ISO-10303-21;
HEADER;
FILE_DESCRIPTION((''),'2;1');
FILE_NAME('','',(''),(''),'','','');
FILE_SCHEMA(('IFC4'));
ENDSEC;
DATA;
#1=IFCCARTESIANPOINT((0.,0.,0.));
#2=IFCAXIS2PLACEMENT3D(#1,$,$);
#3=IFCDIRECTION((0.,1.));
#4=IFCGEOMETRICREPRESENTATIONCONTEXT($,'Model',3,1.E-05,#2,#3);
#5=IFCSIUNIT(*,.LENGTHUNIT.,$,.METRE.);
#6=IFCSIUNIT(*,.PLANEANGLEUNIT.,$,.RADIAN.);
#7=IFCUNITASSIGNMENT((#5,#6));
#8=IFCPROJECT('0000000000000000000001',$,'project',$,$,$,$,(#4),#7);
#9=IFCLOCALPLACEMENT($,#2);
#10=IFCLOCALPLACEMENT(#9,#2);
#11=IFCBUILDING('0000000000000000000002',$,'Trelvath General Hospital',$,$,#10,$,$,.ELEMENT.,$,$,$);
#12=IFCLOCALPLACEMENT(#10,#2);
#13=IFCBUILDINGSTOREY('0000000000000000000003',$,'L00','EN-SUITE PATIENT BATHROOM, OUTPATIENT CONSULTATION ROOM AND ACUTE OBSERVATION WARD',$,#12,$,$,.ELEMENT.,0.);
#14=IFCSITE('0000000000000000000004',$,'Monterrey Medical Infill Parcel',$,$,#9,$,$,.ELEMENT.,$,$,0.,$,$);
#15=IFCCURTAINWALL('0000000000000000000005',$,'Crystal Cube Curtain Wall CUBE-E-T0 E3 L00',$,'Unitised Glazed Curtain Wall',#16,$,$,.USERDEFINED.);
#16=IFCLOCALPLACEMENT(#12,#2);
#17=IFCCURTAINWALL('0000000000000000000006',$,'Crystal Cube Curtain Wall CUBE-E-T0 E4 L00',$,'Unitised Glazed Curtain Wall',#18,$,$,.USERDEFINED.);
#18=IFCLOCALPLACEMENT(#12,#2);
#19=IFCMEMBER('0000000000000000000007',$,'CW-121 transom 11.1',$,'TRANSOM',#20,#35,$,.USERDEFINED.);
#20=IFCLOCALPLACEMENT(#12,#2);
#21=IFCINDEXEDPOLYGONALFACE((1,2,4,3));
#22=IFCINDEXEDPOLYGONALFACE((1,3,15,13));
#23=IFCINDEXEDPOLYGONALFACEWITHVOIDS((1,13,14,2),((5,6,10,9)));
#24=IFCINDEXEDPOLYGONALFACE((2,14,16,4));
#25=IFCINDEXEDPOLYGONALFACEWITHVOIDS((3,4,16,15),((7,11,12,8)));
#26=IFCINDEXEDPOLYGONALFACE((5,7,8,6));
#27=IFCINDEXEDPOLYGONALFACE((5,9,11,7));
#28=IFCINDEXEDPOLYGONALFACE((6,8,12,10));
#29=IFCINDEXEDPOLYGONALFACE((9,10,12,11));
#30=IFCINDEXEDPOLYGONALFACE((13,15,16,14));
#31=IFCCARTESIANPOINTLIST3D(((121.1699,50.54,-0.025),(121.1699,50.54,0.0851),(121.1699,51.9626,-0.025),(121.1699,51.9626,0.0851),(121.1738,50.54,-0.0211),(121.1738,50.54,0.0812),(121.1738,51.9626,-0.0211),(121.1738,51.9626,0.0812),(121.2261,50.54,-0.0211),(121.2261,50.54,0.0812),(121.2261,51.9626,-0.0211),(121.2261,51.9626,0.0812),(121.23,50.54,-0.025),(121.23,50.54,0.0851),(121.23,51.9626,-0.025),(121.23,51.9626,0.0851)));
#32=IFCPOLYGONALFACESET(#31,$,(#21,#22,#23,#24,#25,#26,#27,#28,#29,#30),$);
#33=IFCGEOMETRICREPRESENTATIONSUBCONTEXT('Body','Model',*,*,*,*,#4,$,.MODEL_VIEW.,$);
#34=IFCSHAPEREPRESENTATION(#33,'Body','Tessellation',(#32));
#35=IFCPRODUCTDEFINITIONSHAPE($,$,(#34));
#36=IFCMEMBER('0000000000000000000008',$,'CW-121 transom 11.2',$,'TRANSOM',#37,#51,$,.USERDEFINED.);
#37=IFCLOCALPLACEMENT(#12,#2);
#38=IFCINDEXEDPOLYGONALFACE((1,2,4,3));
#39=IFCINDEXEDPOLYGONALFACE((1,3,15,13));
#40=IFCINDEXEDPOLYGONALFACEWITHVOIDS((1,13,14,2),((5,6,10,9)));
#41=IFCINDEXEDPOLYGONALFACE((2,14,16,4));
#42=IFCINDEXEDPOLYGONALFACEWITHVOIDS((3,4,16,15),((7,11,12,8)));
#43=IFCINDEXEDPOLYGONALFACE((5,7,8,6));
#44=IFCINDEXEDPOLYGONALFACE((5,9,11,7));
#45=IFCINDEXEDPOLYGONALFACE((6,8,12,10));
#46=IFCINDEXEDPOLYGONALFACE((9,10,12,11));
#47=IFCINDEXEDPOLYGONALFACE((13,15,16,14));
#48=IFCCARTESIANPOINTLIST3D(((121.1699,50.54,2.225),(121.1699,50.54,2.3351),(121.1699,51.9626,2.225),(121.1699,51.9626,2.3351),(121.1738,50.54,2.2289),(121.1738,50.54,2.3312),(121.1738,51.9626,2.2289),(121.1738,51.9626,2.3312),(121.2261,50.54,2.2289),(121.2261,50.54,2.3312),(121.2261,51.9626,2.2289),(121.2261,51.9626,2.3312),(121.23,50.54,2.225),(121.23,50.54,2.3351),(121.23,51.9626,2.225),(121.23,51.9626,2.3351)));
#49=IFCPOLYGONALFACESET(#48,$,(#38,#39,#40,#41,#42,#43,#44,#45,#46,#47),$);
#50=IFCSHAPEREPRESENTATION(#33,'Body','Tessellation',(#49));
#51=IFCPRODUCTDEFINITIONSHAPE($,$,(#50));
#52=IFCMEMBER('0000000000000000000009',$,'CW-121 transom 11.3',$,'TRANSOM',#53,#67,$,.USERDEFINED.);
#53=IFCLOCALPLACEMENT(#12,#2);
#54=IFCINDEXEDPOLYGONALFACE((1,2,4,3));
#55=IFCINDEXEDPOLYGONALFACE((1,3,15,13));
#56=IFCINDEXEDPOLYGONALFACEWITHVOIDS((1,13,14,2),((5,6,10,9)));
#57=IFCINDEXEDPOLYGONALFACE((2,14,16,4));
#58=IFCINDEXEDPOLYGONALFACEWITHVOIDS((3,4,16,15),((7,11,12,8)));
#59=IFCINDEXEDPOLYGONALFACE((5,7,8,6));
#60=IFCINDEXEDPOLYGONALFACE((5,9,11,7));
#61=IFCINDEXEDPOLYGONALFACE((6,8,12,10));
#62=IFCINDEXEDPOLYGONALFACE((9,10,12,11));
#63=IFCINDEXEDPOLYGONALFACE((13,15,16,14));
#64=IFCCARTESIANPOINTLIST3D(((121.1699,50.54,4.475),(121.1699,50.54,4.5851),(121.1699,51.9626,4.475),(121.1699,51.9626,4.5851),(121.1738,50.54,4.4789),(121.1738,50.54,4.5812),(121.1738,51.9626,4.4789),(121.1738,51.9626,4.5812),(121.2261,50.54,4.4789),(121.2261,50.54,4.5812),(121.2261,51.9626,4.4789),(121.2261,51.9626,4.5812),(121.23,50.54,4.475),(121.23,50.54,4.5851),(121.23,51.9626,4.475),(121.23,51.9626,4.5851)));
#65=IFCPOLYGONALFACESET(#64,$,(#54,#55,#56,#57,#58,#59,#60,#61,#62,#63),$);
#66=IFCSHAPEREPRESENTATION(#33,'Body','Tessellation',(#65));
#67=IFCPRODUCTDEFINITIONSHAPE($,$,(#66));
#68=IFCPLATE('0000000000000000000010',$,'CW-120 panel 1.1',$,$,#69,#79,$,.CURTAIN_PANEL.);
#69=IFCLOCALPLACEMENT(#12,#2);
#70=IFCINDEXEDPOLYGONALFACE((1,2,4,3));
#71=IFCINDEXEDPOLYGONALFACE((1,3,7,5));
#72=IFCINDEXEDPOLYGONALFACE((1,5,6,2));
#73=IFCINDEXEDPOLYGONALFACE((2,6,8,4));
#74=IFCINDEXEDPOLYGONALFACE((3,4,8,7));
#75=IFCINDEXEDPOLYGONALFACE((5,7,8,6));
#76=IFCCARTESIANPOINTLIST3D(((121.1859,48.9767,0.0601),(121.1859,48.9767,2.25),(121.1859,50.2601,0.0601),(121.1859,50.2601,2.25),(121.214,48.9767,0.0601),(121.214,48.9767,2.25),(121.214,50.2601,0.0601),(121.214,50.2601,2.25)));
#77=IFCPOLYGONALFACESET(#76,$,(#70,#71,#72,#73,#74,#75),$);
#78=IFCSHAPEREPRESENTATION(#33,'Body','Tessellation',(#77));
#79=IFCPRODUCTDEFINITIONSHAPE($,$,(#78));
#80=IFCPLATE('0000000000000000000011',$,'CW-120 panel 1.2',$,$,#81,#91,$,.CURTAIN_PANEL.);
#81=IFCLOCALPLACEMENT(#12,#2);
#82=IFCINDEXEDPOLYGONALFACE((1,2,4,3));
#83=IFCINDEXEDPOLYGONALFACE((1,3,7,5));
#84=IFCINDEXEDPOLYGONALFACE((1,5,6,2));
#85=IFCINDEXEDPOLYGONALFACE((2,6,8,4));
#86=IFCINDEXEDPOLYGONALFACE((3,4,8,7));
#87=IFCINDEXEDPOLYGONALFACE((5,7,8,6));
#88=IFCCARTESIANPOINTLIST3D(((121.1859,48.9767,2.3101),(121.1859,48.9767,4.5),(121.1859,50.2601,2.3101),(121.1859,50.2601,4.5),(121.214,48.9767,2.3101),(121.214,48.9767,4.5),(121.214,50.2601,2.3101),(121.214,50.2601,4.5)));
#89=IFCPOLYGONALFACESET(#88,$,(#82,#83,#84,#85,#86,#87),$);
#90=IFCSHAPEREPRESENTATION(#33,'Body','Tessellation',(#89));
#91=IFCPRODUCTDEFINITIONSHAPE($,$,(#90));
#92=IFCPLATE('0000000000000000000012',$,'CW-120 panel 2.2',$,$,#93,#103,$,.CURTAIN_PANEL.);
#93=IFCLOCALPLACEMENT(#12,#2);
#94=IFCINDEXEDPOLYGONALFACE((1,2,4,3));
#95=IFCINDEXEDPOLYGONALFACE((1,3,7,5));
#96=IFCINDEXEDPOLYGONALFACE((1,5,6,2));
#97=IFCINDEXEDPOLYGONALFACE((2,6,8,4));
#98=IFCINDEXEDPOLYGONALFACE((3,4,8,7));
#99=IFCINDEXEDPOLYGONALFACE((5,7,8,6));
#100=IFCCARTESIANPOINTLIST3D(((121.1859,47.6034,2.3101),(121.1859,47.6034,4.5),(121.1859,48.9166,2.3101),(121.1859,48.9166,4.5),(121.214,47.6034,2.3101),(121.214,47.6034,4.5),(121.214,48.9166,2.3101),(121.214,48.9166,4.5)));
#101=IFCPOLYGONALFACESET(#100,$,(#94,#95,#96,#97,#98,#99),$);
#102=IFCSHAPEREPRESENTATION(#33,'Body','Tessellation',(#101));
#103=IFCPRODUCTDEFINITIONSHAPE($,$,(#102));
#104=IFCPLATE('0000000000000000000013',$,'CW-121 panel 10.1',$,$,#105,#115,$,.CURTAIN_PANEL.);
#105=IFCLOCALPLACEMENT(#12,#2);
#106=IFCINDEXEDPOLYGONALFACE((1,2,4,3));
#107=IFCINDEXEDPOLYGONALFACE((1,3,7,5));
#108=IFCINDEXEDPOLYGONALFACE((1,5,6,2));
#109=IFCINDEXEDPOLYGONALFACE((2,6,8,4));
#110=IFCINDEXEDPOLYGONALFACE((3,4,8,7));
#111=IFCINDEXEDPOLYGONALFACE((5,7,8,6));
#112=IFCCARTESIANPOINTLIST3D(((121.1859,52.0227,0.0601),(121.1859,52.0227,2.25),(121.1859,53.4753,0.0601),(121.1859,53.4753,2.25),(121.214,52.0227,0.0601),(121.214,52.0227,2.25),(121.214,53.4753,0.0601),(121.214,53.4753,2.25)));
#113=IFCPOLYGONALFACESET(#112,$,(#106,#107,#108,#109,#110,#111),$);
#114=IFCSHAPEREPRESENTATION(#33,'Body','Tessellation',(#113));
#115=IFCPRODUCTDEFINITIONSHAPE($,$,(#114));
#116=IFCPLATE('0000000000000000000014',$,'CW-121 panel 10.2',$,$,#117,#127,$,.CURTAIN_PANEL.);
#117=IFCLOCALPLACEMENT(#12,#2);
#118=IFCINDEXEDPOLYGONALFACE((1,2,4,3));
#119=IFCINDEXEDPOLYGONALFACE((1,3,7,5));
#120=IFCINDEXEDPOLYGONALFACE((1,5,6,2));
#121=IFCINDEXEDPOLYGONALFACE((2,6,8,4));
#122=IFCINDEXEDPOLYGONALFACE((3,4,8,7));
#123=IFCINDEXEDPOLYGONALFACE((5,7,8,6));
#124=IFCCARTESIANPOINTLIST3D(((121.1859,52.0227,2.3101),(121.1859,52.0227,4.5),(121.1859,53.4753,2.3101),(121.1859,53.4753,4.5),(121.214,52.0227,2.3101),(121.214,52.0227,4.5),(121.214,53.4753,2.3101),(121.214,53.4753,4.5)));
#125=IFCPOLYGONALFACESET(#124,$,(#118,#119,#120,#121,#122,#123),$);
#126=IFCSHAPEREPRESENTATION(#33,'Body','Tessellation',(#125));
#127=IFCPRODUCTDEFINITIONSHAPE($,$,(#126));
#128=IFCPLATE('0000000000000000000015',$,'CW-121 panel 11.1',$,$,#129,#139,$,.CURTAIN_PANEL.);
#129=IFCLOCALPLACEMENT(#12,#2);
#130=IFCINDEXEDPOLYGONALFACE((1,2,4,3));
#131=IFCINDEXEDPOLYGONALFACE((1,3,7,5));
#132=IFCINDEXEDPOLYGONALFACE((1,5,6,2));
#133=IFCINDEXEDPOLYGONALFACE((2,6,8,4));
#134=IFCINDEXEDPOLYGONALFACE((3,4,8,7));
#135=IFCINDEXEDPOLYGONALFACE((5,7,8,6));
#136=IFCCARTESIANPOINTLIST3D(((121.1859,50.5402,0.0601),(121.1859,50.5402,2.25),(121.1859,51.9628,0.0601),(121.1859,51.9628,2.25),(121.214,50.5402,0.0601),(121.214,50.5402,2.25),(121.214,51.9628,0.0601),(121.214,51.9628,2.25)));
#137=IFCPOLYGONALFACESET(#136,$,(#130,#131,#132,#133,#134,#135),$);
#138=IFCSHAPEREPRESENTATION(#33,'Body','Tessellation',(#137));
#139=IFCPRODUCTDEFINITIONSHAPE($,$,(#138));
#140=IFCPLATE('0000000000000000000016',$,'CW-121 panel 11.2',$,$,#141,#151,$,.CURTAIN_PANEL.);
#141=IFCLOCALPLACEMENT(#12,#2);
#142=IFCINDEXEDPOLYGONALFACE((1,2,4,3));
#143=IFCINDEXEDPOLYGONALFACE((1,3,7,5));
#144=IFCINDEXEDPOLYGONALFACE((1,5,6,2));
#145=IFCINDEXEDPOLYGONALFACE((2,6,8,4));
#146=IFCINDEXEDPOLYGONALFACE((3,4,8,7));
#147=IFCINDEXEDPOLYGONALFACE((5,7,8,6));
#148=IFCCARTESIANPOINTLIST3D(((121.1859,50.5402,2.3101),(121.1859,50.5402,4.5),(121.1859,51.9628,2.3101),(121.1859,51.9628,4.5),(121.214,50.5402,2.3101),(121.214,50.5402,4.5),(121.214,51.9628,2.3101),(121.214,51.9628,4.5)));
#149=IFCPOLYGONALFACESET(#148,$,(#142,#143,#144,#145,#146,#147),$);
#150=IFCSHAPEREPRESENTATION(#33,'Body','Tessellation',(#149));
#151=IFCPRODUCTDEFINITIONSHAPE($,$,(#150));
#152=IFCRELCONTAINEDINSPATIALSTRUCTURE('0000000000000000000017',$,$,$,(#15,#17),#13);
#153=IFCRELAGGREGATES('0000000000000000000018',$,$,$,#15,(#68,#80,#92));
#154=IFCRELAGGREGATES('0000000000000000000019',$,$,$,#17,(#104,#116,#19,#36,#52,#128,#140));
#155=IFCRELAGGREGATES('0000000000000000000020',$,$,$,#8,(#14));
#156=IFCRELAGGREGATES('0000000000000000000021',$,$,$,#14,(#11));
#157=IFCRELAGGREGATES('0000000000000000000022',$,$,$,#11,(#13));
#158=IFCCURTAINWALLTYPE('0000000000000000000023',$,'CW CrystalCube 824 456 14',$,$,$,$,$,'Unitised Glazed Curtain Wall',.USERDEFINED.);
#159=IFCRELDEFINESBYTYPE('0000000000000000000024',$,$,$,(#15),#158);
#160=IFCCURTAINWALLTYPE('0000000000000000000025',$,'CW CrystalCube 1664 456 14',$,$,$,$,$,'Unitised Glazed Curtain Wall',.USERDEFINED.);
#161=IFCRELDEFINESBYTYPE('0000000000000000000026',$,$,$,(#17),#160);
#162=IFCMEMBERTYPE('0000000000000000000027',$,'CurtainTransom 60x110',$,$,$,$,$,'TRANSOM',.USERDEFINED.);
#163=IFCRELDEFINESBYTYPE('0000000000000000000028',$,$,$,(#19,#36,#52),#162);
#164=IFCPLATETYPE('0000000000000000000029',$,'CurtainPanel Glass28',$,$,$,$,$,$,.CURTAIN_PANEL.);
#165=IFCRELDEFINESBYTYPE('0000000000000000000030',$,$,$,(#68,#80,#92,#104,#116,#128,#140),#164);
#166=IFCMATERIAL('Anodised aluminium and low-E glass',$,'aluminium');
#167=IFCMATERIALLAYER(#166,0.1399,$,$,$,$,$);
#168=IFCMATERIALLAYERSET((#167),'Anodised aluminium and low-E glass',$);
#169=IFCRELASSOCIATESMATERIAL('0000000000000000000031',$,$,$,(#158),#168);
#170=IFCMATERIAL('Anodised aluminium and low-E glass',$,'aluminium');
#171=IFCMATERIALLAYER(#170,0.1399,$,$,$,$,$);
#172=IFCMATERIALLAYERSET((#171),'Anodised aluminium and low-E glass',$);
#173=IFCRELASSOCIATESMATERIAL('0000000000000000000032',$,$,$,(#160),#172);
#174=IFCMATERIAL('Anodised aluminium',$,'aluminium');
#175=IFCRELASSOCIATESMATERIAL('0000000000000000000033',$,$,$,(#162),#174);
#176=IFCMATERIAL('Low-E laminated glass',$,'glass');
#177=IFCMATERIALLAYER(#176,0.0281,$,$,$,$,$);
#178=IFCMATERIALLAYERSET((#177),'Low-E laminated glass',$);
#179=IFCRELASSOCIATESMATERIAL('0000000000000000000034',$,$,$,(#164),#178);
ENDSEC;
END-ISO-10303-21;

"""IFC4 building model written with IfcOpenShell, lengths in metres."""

from ifc_helpers import new_model, si_unit, direction, frame, origin, origin_2d, place, context, subcontext, project, spatial, rectangle, hollow_rectangle, extrude, material, layer, layer_set, material_profile, profile_set, type_object, element, aggregate, save


model = new_model("IFC4")

# Units and contexts
model_context = context("Model", 3, precision=1e-05, world=origin(), true_north=direction((0.0, 1.0)))
body_context = subcontext(model_context, "Body", "Model", "MODEL_VIEW")
ifc_project = project(units=[si_unit("LENGTHUNIT", "METRE"), si_unit("PLANEANGLEUNIT", "RADIAN")], contexts=[model_context])

# Site, building, storey
site_placement = place(None, origin())
site = spatial("IfcSite", under=ifc_project, at=site_placement, Name="Monterrey Medical Infill Parcel", CompositionType="ELEMENT", RefElevation=0.0)
building_placement = place(site_placement, origin())
building = spatial("IfcBuilding", under=site, at=building_placement, Name="Trelvath General Hospital", CompositionType="ELEMENT")
storey_placement = place(building_placement, origin())
storey = spatial("IfcBuildingStorey", under=building, at=storey_placement, Name="L00", Description="EN-SUITE PATIENT BATHROOM, OUTPATIENT CONSULTATION ROOM AND ACUTE OBSERVATION WARD", CompositionType="ELEMENT", Elevation=0.0)

# Curtain walls
ifc_material_1 = material(Name="Anodised aluminium and low-E glass", Category="aluminium")
ifc_layer_1 = layer(ifc_material_1, 0.1399)
ifc_layer_set_1 = layer_set([ifc_layer_1], Name="Anodised aluminium and low-E glass")
curtain_wall_type_1 = type_object("IfcCurtainWallType", Name="CW CrystalCube 824 456 14", ElementType="Unitised Glazed Curtain Wall", PredefinedType="USERDEFINED", material=ifc_layer_set_1)
curtain_wall_1_placement = place(storey_placement, origin())
curtain_wall_1 = element("IfcCurtainWall", 1, at=curtain_wall_1_placement, inside=storey, type_object=curtain_wall_type_1, Name="Crystal Cube Curtain Wall CUBE-E-T0 E3 L00", ObjectType="Unitised Glazed Curtain Wall", PredefinedType="USERDEFINED")
ifc_material_2 = material(Name="Anodised aluminium and low-E glass", Category="aluminium")
ifc_layer_2 = layer(ifc_material_2, 0.1399)
ifc_layer_set_2 = layer_set([ifc_layer_2], Name="Anodised aluminium and low-E glass")
curtain_wall_type_2 = type_object("IfcCurtainWallType", Name="CW CrystalCube 1664 456 14", ElementType="Unitised Glazed Curtain Wall", PredefinedType="USERDEFINED", material=ifc_layer_set_2)
curtain_wall_2_placement = place(storey_placement, origin())
curtain_wall_2 = element("IfcCurtainWall", 2, at=curtain_wall_2_placement, inside=storey, type_object=curtain_wall_type_2, Name="Crystal Cube Curtain Wall CUBE-E-T0 E4 L00", ObjectType="Unitised Glazed Curtain Wall", PredefinedType="USERDEFINED")

# Members
ifc_material_3 = material(Name="Anodised aluminium", Category="aluminium")
ifc_material_profile_1 = material_profile(ifc_material_3, hollow_rectangle(XDim=0.0601, YDim=0.1101, WallThickness=0.0039, at=origin_2d()), Name="RHS60x110x4")
ifc_profile_set_1 = profile_set([ifc_material_profile_1], Name="Anodised aluminium")
member_type_1 = type_object("IfcMemberType", Name="CurtainTransom 60x110", ElementType="TRANSOM", PredefinedType="USERDEFINED", material=ifc_profile_set_1)
member_1_placement = place(storey_placement, frame((121.2, 51.9626, 0.03), z_axis=(0.0, -1.0, 0.0), x_axis=(1.0, 0.0, 0.0)))
member_1 = element("IfcMember", 3, at=member_1_placement, type_object=member_type_1, Name="CW-121 transom 11.1", ObjectType="TRANSOM", PredefinedType="USERDEFINED", context=body_context, shape_type="SweptSolid", body=[
    extrude(hollow_rectangle(XDim=0.0601, YDim=0.1101, WallThickness=0.0039, at=origin_2d()), origin(), (0.0, 0.0, 1.0), 1.4226),
])
member_2_placement = place(storey_placement, frame((121.2, 51.9626, 2.28), z_axis=(0.0, -1.0, 0.0), x_axis=(1.0, 0.0, 0.0)))
member_2 = element("IfcMember", 4, at=member_2_placement, type_object=member_type_1, Name="CW-121 transom 11.2", ObjectType="TRANSOM", PredefinedType="USERDEFINED", context=body_context, shape_type="SweptSolid", body=[
    extrude(hollow_rectangle(XDim=0.0601, YDim=0.1101, WallThickness=0.0039, at=origin_2d()), origin(), (0.0, 0.0, 1.0), 1.4226),
])
member_3_placement = place(storey_placement, frame((121.2, 51.9626, 4.53), z_axis=(0.0, -1.0, 0.0), x_axis=(1.0, 0.0, 0.0)))
member_3 = element("IfcMember", 5, at=member_3_placement, type_object=member_type_1, Name="CW-121 transom 11.3", ObjectType="TRANSOM", PredefinedType="USERDEFINED", context=body_context, shape_type="SweptSolid", body=[
    extrude(hollow_rectangle(XDim=0.0601, YDim=0.1101, WallThickness=0.0039, at=origin_2d()), origin(), (0.0, 0.0, 1.0), 1.4226),
])

# Plates
ifc_material_4 = material(Name="Low-E laminated glass", Category="glass")
ifc_layer_3 = layer(ifc_material_4, 0.0281)
ifc_layer_set_3 = layer_set([ifc_layer_3], Name="Low-E laminated glass")
plate_type = type_object("IfcPlateType", Name="CurtainPanel Glass28", PredefinedType="CURTAIN_PANEL", material=ifc_layer_set_3)
plate_1_placement = place(storey_placement, frame((121.2, 49.6184, 0.0601), z_axis=(0.0, 0.0, 1.0), x_axis=(0.0, -1.0, 0.0)))
plate_1 = element("IfcPlate", 6, at=plate_1_placement, type_object=plate_type, Name="CW-120 panel 1.1", PredefinedType="CURTAIN_PANEL", context=body_context, shape_type="SweptSolid", body=[
    extrude(rectangle(XDim=1.2834, YDim=0.0281, at=origin_2d()), origin(), (0.0, 0.0, 1.0), 2.1899),
])
plate_2_placement = place(storey_placement, frame((121.2, 49.6184, 2.3101), z_axis=(0.0, 0.0, 1.0), x_axis=(0.0, -1.0, 0.0)))
plate_2 = element("IfcPlate", 7, at=plate_2_placement, type_object=plate_type, Name="CW-120 panel 1.2", PredefinedType="CURTAIN_PANEL", context=body_context, shape_type="SweptSolid", body=[
    extrude(rectangle(XDim=1.2834, YDim=0.0281, at=origin_2d()), origin(), (0.0, 0.0, 1.0), 2.1899),
])
plate_3_placement = place(storey_placement, frame((121.2, 48.26, 2.3101), z_axis=(0.0, 0.0, 1.0), x_axis=(0.0, -1.0, 0.0)))
plate_3 = element("IfcPlate", 8, at=plate_3_placement, type_object=plate_type, Name="CW-120 panel 2.2", PredefinedType="CURTAIN_PANEL", context=body_context, shape_type="SweptSolid", body=[
    extrude(rectangle(XDim=1.3132, YDim=0.0281, at=origin_2d()), origin(), (0.0, 0.0, 1.0), 2.1899),
])
aggregate(curtain_wall_1, [plate_1, plate_2, plate_3])
plate_4_placement = place(storey_placement, frame((121.2, 52.749, 0.0601), z_axis=(0.0, 0.0, 1.0), x_axis=(0.0, -1.0, 0.0)))
plate_4 = element("IfcPlate", 9, at=plate_4_placement, type_object=plate_type, Name="CW-121 panel 10.1", PredefinedType="CURTAIN_PANEL", context=body_context, shape_type="SweptSolid", body=[
    extrude(rectangle(XDim=1.4526, YDim=0.0281, at=origin_2d()), origin(), (0.0, 0.0, 1.0), 2.1899),
])
plate_5_placement = place(storey_placement, frame((121.2, 52.749, 2.3101), z_axis=(0.0, 0.0, 1.0), x_axis=(0.0, -1.0, 0.0)))
plate_5 = element("IfcPlate", 10, at=plate_5_placement, type_object=plate_type, Name="CW-121 panel 10.2", PredefinedType="CURTAIN_PANEL", context=body_context, shape_type="SweptSolid", body=[
    extrude(rectangle(XDim=1.4526, YDim=0.0281, at=origin_2d()), origin(), (0.0, 0.0, 1.0), 2.1899),
])
plate_6_placement = place(storey_placement, frame((121.2, 51.2515, 0.0601), z_axis=(0.0, 0.0, 1.0), x_axis=(0.0, -1.0, 0.0)))
plate_6 = element("IfcPlate", 11, at=plate_6_placement, type_object=plate_type, Name="CW-121 panel 11.1", PredefinedType="CURTAIN_PANEL", context=body_context, shape_type="SweptSolid", body=[
    extrude(rectangle(XDim=1.4226, YDim=0.0281, at=origin_2d()), origin(), (0.0, 0.0, 1.0), 2.1899),
])
plate_7_placement = place(storey_placement, frame((121.2, 51.2515, 2.3101), z_axis=(0.0, 0.0, 1.0), x_axis=(0.0, -1.0, 0.0)))
plate_7 = element("IfcPlate", 12, at=plate_7_placement, type_object=plate_type, Name="CW-121 panel 11.2", PredefinedType="CURTAIN_PANEL", context=body_context, shape_type="SweptSolid", body=[
    extrude(rectangle(XDim=1.4226, YDim=0.0281, at=origin_2d()), origin(), (0.0, 0.0, 1.0), 2.1899),
])
aggregate(curtain_wall_2, [plate_4, plate_5, member_1, member_2, member_3, plate_6, plate_7])

save(model, "model.ifc")
